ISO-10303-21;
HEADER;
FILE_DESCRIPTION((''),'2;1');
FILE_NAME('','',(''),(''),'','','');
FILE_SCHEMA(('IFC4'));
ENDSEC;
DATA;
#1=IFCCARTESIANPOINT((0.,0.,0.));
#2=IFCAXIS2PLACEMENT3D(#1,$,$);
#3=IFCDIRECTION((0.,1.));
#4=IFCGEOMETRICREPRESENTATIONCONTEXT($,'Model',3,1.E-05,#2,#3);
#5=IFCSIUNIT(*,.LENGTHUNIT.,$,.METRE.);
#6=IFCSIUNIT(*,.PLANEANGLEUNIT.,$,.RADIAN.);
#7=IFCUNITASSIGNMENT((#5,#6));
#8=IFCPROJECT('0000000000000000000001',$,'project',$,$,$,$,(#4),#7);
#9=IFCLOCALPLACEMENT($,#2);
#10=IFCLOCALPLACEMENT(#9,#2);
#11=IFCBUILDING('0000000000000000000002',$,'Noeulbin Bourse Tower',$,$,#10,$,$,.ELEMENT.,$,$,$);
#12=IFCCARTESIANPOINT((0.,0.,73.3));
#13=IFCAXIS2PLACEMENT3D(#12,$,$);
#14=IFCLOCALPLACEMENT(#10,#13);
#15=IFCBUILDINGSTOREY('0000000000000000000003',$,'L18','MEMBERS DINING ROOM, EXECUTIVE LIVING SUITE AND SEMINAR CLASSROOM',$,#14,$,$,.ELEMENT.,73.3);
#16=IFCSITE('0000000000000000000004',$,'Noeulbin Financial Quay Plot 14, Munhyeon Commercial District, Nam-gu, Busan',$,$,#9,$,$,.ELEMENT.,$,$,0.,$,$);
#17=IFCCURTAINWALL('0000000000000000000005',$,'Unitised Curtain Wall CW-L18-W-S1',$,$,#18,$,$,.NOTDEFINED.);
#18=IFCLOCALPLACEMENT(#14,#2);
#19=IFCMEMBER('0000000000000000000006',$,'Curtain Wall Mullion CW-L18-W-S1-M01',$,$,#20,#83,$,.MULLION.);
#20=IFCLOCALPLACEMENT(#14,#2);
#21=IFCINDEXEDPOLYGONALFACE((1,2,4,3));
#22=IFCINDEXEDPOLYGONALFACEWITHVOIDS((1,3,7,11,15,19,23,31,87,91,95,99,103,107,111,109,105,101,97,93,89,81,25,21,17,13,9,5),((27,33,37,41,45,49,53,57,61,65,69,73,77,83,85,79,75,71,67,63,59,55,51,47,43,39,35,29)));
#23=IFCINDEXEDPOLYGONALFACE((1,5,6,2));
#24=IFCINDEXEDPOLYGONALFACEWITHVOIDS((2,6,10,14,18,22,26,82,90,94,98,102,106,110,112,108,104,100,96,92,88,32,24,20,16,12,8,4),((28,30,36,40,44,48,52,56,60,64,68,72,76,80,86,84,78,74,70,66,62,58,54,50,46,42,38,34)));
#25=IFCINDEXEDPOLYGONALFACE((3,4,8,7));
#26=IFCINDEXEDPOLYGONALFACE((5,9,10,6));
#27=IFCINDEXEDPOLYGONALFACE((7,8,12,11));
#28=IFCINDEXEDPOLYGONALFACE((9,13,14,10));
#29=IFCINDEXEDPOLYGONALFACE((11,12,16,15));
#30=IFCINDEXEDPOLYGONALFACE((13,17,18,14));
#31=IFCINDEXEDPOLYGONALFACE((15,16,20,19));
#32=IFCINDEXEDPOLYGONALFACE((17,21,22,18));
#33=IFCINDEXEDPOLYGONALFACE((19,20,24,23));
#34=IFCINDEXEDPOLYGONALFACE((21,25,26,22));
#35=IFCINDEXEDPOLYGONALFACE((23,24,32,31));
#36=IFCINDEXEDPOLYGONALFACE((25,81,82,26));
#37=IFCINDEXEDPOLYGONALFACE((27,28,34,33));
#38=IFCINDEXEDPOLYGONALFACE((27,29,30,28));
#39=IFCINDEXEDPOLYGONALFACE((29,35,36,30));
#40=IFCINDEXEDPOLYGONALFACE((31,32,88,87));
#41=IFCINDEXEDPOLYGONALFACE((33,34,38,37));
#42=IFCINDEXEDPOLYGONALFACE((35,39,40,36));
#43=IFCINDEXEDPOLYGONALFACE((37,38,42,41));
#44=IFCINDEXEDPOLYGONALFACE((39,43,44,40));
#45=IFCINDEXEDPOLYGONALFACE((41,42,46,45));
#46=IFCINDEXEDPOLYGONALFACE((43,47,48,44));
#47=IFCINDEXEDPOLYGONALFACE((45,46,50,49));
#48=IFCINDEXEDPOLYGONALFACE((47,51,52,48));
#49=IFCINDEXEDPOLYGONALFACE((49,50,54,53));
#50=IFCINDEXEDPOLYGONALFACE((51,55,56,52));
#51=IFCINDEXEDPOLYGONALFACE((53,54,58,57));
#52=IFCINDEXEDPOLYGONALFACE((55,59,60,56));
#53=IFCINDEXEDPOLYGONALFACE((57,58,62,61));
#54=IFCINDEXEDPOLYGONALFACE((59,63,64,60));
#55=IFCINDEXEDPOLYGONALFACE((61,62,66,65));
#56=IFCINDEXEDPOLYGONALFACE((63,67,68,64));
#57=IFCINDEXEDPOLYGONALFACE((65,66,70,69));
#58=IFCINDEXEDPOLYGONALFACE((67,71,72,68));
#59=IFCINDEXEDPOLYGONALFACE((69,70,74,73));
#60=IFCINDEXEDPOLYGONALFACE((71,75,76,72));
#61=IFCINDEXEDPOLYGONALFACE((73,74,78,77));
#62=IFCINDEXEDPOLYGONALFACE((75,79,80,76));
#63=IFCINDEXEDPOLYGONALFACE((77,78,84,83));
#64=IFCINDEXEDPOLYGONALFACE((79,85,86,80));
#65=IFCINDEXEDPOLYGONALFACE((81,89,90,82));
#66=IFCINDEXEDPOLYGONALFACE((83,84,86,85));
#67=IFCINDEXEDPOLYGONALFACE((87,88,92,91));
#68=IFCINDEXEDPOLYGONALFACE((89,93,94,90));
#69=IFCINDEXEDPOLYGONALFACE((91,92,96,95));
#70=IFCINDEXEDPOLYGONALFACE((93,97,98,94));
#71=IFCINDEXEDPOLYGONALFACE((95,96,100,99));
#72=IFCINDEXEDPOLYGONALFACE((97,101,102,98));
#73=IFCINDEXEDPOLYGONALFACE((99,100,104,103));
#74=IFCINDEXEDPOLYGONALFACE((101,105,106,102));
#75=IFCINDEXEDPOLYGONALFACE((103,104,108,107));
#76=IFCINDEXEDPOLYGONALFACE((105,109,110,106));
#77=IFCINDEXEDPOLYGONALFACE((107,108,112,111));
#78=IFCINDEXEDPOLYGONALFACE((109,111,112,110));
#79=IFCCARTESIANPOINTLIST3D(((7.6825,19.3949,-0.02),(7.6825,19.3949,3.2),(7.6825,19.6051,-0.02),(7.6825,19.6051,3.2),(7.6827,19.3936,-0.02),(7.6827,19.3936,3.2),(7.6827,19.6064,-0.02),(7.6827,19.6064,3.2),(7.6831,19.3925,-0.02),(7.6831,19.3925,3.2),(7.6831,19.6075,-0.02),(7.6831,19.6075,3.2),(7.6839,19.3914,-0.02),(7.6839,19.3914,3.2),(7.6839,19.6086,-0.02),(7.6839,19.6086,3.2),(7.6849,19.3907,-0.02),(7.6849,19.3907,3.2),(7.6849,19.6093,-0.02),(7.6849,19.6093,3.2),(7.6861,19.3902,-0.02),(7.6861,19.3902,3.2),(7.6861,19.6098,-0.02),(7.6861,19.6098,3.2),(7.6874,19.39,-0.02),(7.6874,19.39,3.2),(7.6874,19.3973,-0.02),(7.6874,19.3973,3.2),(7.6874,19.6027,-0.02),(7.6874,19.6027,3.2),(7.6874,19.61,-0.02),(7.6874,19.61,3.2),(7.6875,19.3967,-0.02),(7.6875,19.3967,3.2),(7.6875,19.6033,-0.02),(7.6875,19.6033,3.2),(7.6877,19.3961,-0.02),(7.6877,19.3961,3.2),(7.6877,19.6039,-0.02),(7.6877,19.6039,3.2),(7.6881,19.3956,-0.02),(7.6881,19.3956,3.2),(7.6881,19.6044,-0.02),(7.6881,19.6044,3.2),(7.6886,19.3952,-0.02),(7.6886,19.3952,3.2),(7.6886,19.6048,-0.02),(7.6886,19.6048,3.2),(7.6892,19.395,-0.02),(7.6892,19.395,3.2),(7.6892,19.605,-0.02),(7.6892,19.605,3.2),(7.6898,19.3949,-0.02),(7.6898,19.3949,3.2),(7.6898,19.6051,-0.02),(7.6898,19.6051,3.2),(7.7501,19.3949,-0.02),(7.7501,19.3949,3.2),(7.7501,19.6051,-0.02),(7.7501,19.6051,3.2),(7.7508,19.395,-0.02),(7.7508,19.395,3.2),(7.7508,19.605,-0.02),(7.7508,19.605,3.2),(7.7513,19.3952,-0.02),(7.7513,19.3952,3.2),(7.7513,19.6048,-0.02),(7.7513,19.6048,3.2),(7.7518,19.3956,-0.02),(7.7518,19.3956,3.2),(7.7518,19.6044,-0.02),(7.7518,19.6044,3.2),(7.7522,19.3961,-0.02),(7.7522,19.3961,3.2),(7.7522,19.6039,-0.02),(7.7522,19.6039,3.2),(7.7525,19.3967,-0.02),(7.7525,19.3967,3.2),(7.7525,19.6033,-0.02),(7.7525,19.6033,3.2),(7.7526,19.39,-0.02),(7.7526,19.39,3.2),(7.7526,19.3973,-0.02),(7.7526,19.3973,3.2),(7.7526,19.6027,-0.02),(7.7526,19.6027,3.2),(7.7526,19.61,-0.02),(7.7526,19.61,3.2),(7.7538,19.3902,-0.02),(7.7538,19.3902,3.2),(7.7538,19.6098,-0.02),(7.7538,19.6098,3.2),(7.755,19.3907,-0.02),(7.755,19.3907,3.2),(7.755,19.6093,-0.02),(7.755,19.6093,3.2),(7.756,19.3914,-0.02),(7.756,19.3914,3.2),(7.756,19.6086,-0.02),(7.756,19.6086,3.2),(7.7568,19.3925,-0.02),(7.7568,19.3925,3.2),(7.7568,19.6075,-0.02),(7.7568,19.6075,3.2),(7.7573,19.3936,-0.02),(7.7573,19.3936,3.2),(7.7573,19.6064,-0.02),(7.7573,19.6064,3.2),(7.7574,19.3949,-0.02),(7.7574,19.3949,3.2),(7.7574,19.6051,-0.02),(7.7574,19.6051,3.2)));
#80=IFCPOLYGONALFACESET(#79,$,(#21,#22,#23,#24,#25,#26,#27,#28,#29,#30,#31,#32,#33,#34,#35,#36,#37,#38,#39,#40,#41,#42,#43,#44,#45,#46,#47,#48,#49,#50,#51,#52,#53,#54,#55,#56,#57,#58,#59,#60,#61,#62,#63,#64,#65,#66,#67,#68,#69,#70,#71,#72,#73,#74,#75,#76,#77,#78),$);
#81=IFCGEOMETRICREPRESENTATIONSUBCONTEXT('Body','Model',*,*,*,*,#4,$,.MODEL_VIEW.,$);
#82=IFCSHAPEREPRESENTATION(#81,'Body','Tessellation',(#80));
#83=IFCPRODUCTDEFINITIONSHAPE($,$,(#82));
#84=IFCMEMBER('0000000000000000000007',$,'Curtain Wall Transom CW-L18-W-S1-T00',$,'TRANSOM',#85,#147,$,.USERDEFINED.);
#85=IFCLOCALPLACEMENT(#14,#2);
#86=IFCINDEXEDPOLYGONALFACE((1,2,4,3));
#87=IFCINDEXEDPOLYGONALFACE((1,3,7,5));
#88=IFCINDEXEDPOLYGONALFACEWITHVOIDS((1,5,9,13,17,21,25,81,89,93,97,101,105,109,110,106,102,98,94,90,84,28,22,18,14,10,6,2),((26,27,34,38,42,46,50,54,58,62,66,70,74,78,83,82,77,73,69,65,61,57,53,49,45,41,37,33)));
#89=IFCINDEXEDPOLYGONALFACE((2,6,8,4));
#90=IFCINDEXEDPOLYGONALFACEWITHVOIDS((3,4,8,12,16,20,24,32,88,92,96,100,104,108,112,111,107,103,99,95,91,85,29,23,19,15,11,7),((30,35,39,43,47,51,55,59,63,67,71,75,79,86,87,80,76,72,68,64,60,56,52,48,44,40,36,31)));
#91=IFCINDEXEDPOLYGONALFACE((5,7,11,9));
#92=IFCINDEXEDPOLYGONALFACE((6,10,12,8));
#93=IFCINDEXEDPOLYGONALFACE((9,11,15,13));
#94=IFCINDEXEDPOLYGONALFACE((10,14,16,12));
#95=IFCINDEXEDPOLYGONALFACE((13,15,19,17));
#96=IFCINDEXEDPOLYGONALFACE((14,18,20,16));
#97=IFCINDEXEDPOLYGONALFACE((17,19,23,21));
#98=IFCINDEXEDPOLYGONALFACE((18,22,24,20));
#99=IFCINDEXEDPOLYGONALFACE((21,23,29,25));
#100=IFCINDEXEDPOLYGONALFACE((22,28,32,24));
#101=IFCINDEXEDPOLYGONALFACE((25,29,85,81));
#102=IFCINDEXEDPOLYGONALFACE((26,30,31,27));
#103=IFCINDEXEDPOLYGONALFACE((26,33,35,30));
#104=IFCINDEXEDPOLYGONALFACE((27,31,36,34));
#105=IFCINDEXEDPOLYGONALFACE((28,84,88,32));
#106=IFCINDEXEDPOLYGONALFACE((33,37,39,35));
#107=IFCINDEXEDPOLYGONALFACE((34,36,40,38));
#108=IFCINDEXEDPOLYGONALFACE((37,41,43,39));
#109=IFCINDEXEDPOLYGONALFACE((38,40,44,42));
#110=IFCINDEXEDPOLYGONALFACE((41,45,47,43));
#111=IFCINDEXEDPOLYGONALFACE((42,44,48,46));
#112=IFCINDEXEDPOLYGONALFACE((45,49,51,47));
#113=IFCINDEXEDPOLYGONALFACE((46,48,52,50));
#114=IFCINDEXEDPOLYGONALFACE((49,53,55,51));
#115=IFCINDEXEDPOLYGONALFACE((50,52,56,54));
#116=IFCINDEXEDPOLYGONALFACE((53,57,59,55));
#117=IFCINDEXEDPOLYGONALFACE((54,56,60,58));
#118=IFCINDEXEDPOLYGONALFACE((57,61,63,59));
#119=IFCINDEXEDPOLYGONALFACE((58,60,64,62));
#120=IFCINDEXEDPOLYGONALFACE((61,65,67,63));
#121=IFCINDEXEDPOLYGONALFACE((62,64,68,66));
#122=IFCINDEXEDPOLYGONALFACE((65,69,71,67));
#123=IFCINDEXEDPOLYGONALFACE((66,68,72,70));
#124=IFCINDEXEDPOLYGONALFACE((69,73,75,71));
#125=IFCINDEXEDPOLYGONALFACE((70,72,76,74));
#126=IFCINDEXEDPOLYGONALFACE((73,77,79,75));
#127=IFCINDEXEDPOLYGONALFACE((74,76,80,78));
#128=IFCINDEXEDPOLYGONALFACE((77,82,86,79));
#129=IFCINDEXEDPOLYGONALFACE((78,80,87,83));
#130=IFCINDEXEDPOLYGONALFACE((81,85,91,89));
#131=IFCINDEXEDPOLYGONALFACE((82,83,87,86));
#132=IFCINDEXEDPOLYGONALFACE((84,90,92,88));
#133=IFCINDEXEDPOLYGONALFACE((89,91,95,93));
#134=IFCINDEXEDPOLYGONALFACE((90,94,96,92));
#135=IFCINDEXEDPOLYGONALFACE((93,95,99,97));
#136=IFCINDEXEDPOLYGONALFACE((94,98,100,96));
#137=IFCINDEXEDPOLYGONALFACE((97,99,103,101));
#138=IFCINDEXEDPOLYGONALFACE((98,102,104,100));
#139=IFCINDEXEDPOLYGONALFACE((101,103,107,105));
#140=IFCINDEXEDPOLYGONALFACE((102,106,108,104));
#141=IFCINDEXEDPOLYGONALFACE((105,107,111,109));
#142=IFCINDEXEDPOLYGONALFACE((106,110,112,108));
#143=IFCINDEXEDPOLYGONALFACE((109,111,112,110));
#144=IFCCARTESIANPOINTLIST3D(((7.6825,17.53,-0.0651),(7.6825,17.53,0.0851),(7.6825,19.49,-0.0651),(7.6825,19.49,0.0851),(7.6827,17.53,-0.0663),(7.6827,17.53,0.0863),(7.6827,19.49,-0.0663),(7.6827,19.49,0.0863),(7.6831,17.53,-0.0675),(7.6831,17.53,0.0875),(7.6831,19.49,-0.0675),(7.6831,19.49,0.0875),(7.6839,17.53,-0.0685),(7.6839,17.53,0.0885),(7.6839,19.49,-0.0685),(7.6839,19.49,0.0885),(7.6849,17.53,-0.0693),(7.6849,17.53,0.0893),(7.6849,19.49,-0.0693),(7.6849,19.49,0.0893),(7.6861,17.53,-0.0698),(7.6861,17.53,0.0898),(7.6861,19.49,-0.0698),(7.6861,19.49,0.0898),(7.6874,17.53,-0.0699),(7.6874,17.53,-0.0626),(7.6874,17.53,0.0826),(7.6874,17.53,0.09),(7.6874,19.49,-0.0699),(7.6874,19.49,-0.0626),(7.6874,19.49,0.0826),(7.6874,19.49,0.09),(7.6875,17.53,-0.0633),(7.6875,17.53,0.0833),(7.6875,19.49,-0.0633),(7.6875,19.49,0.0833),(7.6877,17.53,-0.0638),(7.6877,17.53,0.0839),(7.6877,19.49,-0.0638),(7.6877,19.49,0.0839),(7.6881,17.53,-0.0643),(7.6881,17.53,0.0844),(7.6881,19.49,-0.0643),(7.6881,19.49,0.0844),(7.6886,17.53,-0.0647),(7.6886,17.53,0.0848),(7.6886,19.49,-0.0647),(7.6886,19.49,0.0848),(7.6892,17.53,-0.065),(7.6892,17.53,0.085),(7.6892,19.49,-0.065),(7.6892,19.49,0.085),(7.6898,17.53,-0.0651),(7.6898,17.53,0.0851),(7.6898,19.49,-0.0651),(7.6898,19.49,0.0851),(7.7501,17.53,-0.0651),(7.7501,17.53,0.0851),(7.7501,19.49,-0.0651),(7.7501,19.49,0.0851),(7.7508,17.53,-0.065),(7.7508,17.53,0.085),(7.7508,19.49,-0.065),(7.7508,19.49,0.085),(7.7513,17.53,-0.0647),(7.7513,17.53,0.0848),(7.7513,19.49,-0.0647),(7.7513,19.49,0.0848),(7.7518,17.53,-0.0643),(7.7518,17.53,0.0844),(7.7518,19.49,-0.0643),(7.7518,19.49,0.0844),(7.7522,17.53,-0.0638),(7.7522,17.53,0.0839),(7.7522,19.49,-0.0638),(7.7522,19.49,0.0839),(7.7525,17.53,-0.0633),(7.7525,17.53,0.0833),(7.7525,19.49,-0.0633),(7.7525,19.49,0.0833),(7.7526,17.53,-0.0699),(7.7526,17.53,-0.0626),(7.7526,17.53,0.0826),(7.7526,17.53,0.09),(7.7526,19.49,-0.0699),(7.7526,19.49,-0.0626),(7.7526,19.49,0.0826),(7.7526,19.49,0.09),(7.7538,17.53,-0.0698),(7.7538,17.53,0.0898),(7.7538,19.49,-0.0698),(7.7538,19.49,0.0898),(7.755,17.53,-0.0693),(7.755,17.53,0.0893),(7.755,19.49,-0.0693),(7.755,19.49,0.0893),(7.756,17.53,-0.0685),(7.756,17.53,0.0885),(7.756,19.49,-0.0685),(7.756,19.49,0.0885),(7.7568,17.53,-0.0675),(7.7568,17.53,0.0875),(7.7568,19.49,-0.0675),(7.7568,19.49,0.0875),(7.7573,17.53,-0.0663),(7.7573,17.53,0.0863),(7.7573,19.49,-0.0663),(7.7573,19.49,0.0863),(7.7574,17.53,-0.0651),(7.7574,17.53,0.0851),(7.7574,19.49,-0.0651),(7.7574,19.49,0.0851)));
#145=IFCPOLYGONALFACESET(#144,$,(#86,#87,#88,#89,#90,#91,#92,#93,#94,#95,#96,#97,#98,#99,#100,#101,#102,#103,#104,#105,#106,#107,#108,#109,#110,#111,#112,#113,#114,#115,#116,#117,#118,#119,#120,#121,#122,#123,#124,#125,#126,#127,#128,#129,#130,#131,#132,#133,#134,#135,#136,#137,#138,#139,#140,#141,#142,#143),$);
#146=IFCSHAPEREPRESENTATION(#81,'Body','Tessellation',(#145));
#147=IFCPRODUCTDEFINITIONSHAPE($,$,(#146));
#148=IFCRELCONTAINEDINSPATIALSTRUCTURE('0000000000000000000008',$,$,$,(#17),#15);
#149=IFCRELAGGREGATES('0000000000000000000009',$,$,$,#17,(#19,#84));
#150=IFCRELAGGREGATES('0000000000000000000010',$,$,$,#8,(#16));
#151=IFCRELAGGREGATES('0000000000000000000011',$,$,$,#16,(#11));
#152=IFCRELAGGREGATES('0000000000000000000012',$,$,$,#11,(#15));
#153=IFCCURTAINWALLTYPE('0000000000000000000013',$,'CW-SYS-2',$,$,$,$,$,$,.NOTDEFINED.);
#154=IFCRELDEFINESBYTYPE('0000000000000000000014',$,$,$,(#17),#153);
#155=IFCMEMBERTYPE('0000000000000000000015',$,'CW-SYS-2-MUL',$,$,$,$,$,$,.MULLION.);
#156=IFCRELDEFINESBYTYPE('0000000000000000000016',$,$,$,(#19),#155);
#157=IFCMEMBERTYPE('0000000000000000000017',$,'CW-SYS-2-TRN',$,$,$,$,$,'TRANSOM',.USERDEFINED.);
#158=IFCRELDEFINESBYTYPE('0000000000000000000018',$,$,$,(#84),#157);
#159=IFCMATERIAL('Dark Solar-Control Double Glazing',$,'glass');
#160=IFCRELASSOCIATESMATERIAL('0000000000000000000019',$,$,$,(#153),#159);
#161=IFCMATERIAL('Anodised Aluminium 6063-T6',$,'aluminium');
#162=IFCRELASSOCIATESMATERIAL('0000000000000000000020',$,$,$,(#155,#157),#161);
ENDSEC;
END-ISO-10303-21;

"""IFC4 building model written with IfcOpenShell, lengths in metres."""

from ifc_helpers import new_model, si_unit, direction, frame, origin, origin_2d, place, context, subcontext, project, spatial, hollow_rectangle, extrude, material, material_profile, profile_set, type_object, element, aggregate, save


model = new_model("IFC4")

# Units and contexts
model_context = context("Model", 3, precision=1e-05, world=origin(), true_north=direction((0.0, 1.0)))
body_context = subcontext(model_context, "Body", "Model", "MODEL_VIEW")
ifc_project = project(units=[si_unit("LENGTHUNIT", "METRE"), si_unit("PLANEANGLEUNIT", "RADIAN")], contexts=[model_context])

# Site, building, storey
site_placement = place(None, origin())
site = spatial("IfcSite", under=ifc_project, at=site_placement, Name="Noeulbin Financial Quay Plot 14, Munhyeon Commercial District, Nam-gu, Busan", CompositionType="ELEMENT", RefElevation=0.0)
building_placement = place(site_placement, origin())
building = spatial("IfcBuilding", under=site, at=building_placement, Name="Noeulbin Bourse Tower", CompositionType="ELEMENT")
storey_placement = place(building_placement, frame((0.0, 0.0, 73.3)))
storey = spatial("IfcBuildingStorey", under=building, at=storey_placement, Name="L18", Description="MEMBERS DINING ROOM, EXECUTIVE LIVING SUITE AND SEMINAR CLASSROOM", CompositionType="ELEMENT", Elevation=73.3)

# Curtain wall, members
ifc_material_1 = material(Name="Dark Solar-Control Double Glazing", Category="glass")
curtain_wall_type = type_object("IfcCurtainWallType", Name="CW-SYS-2", PredefinedType="NOTDEFINED", material=ifc_material_1)
curtain_wall_placement = place(storey_placement, origin())
curtain_wall = element("IfcCurtainWall", 1, at=curtain_wall_placement, inside=storey, type_object=curtain_wall_type, Name="Unitised Curtain Wall CW-L18-W-S1", PredefinedType="NOTDEFINED")
ifc_material_2 = material(Name="Anodised Aluminium 6063-T6", Category="aluminium")
ifc_material_profile_1 = material_profile(ifc_material_2, hollow_rectangle(XDim=0.075, YDim=0.22, WallThickness=0.0049, InnerFilletRadius=0.0024, OuterFilletRadius=0.0049, at=origin_2d()), Name="ALU-MULL-75x220x5", Category="LoadBearing")
ifc_profile_set_1 = profile_set([ifc_material_profile_1], Name="Anodised Aluminium 6063-T6")
member_type_1 = type_object("IfcMemberType", Name="CW-SYS-2-MUL", PredefinedType="MULLION", material=ifc_profile_set_1)
member_1_placement = place(storey_placement, frame((7.72, 19.5, -0.02), z_axis=(0.0, 0.0, 1.0), x_axis=(1.0, 0.0, 0.0)))
member_1 = element("IfcMember", 2, at=member_1_placement, type_object=member_type_1, Name="Curtain Wall Mullion CW-L18-W-S1-M01", PredefinedType="MULLION", context=body_context, shape_type="SweptSolid", body=[
    extrude(hollow_rectangle(XDim=0.075, YDim=0.22, WallThickness=0.0049, InnerFilletRadius=0.0024, OuterFilletRadius=0.0049, at=origin_2d()), origin(), (0.0, 0.0, 1.0), 3.22),
])
ifc_material_profile_2 = material_profile(ifc_material_2, hollow_rectangle(XDim=0.075, YDim=0.1599, WallThickness=0.0049, InnerFilletRadius=0.0024, OuterFilletRadius=0.0049, at=origin_2d()), Name="ALU-TRAN-75x160x5", Category="LoadBearing")
ifc_profile_set_2 = profile_set([ifc_material_profile_2], Name="Anodised Aluminium 6063-T6")
member_type_2 = type_object("IfcMemberType", Name="CW-SYS-2-TRN", ElementType="TRANSOM", PredefinedType="USERDEFINED", material=ifc_profile_set_2)
member_2_placement = place(storey_placement, frame((7.72, 17.53, 0.01), z_axis=(0.0, 1.0, 0.0), x_axis=(-1.0, 0.0, 0.0)))
member_2 = element("IfcMember", 3, at=member_2_placement, type_object=member_type_2, Name="Curtain Wall Transom CW-L18-W-S1-T00", ObjectType="TRANSOM", PredefinedType="USERDEFINED", context=body_context, shape_type="SweptSolid", body=[
    extrude(hollow_rectangle(XDim=0.075, YDim=0.1599, WallThickness=0.0049, InnerFilletRadius=0.0024, OuterFilletRadius=0.0049, at=origin_2d()), origin(), (0.0, 0.0, 1.0), 1.96),
])
aggregate(curtain_wall, [member_1, member_2])

save(model, "model.ifc")
